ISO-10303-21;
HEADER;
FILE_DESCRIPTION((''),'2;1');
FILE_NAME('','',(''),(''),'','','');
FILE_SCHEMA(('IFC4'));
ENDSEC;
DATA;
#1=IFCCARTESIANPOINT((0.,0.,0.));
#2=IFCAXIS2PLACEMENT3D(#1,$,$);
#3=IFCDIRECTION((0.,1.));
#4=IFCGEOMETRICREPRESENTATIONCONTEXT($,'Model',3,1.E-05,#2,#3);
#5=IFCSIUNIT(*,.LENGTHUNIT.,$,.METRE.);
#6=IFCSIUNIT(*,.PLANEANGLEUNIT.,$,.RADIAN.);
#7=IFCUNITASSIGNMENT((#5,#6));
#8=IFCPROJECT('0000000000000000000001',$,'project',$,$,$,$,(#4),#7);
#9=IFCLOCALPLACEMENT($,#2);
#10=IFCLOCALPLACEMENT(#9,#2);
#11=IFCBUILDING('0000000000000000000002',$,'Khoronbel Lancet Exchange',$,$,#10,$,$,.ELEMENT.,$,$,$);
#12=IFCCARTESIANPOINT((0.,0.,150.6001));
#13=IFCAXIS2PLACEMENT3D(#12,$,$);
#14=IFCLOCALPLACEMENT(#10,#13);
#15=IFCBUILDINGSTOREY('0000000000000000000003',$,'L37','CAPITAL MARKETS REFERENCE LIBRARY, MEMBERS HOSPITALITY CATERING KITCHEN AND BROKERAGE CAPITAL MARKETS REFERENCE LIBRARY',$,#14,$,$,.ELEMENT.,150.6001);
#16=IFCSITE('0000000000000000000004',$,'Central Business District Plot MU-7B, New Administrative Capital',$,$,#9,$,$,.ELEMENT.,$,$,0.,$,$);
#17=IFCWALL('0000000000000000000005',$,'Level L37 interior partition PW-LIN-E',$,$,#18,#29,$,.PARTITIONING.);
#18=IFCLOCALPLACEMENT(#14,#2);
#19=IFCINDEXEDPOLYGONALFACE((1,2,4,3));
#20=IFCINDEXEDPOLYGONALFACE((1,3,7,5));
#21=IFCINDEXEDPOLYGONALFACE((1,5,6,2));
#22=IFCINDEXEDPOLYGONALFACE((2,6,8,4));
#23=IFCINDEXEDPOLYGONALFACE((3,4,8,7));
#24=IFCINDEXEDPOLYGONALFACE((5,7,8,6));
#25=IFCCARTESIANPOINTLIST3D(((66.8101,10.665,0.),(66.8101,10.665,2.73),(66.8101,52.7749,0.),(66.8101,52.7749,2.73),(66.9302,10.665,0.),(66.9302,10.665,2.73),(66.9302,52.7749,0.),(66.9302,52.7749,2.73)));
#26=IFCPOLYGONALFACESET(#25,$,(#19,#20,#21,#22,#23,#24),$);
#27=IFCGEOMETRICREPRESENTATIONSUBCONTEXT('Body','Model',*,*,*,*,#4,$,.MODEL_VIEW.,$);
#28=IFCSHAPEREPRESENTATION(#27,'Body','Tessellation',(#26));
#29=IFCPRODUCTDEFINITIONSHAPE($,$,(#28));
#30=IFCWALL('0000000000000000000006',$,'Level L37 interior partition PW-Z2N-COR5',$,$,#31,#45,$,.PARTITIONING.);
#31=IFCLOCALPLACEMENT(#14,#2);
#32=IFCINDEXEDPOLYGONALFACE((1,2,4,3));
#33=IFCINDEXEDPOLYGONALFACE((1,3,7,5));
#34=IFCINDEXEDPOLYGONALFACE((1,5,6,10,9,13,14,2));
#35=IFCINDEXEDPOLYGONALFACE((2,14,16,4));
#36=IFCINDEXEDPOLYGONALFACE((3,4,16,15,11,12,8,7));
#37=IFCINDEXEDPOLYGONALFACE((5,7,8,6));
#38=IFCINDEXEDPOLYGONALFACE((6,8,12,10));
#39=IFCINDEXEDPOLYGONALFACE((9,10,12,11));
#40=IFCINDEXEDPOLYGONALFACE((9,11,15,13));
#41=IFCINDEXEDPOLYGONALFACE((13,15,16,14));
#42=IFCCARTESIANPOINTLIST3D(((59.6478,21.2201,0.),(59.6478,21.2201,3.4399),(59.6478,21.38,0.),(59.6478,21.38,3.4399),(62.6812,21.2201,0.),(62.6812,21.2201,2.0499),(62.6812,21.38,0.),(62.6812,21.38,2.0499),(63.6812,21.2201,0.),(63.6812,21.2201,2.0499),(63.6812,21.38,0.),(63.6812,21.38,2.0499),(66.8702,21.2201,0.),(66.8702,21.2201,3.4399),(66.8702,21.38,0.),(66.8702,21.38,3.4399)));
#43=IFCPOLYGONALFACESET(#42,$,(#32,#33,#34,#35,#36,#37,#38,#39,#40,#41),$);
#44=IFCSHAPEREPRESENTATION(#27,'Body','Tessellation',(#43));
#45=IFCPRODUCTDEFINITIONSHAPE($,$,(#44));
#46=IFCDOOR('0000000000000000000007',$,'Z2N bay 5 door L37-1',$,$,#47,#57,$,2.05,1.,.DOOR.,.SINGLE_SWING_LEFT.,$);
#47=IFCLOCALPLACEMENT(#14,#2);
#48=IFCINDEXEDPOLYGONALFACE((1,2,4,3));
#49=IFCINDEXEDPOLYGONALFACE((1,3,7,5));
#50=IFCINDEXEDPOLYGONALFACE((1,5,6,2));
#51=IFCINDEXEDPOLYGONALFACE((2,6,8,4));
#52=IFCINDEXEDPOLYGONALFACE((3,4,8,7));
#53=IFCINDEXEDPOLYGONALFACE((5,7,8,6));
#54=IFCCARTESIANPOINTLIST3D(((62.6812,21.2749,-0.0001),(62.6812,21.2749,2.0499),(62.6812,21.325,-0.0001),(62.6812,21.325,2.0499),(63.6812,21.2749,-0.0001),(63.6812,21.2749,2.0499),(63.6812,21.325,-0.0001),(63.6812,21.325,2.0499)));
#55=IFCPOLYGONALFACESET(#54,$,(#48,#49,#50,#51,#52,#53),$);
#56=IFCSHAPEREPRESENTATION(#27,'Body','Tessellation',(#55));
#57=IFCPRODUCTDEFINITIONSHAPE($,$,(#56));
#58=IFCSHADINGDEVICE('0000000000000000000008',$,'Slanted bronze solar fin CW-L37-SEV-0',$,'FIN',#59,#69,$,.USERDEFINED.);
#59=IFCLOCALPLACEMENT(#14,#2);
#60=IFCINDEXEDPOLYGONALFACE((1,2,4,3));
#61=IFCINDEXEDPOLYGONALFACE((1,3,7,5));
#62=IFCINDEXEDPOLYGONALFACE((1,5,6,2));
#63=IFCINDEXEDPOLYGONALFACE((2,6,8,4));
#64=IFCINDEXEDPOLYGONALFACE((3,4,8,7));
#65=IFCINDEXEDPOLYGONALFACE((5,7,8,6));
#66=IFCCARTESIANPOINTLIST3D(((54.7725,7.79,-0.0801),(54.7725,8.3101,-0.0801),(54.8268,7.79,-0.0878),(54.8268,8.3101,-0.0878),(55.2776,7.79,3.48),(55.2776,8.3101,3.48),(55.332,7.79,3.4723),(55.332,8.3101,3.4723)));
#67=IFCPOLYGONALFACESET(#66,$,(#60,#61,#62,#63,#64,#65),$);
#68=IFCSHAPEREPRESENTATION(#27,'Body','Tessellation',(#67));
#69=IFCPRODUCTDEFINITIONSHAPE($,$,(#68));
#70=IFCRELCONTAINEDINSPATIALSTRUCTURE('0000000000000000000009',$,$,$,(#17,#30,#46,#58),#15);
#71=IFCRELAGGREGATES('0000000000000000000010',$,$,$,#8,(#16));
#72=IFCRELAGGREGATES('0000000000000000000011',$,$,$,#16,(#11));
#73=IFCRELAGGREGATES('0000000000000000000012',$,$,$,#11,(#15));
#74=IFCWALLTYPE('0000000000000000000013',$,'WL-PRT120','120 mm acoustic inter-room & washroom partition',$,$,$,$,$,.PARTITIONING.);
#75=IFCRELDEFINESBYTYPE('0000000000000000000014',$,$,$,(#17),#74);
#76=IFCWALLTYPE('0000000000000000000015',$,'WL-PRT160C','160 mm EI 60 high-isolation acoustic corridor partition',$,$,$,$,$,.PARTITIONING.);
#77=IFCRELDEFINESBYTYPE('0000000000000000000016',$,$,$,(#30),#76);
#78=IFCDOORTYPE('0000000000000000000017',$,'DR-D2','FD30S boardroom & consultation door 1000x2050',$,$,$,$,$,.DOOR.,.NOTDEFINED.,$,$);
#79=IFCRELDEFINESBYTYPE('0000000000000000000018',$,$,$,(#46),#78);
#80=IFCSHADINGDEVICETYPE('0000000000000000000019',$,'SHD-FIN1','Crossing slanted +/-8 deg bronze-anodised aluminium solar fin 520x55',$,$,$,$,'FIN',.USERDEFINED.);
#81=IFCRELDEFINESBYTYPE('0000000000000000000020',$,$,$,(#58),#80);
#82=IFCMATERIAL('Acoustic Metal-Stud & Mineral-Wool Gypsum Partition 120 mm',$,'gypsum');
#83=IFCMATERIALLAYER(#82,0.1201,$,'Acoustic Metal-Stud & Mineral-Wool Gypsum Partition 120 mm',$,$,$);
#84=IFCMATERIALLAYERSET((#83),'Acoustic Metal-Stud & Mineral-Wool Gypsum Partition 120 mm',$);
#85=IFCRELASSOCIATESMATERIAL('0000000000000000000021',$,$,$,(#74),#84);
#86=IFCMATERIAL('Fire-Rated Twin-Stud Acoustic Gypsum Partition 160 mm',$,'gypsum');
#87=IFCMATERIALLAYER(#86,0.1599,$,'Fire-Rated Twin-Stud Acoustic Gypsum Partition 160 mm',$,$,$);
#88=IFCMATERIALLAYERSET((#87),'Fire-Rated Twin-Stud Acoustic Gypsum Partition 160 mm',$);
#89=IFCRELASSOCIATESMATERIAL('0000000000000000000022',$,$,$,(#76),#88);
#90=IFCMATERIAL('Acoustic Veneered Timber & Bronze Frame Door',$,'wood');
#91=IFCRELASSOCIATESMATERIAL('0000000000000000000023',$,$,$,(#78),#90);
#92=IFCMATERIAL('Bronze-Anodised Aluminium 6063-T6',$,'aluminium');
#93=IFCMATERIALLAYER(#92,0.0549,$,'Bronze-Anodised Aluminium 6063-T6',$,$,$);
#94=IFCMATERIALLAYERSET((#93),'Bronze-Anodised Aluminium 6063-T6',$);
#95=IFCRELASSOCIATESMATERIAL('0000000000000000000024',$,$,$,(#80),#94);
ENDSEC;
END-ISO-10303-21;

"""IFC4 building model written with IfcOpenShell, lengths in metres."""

from ifc_helpers import new_model, si_unit, direction, frame, frame_2d, origin, place, context, subcontext, project, spatial, polyline, rectangle, outline, extrude, material, layer, layer_set, type_object, element, fill, save


model = new_model("IFC4")

# Units and contexts
model_context = context("Model", 3, precision=1e-05, world=origin(), true_north=direction((0.0, 1.0)))
body_context = subcontext(model_context, "Body", "Model", "MODEL_VIEW")
ifc_project = project(units=[si_unit("LENGTHUNIT", "METRE"), si_unit("PLANEANGLEUNIT", "RADIAN")], contexts=[model_context])

# Site, building, storey
site_placement = place(None, origin())
site = spatial("IfcSite", under=ifc_project, at=site_placement, Name="Central Business District Plot MU-7B, New Administrative Capital", CompositionType="ELEMENT", RefElevation=0.0)
building_placement = place(site_placement, origin())
building = spatial("IfcBuilding", under=site, at=building_placement, Name="Khoronbel Lancet Exchange", CompositionType="ELEMENT")
storey_placement = place(building_placement, frame((0.0, 0.0, 150.6001)))
storey = spatial("IfcBuildingStorey", under=building, at=storey_placement, Name="L37", Description="CAPITAL MARKETS REFERENCE LIBRARY, MEMBERS HOSPITALITY CATERING KITCHEN AND BROKERAGE CAPITAL MARKETS REFERENCE LIBRARY", CompositionType="ELEMENT", Elevation=150.6001)

# Shared definitions
ifc_material_1 = material(Name="Bronze-Anodised Aluminium 6063-T6", Category="aluminium")

# Wall
ifc_material_2 = material(Name="Acoustic Metal-Stud & Mineral-Wool Gypsum Partition 120 mm", Category="gypsum")
ifc_layer_1 = layer(ifc_material_2, 0.1201, Name="Acoustic Metal-Stud & Mineral-Wool Gypsum Partition 120 mm")
ifc_layer_set_1 = layer_set([ifc_layer_1], Name="Acoustic Metal-Stud & Mineral-Wool Gypsum Partition 120 mm")
wall_type_1 = type_object("IfcWallType", Name="WL-PRT120", Description="120 mm acoustic inter-room & washroom partition", PredefinedType="PARTITIONING", material=ifc_layer_set_1)
wall_1_placement = place(storey_placement, frame((66.8701, 10.665, 0.0), z_axis=(0.0, 0.0, 1.0), x_axis=(0.0, 1.0, 0.0)))
element("IfcWall", 1, at=wall_1_placement, inside=storey, type_object=wall_type_1, Name="Level L37 interior partition PW-LIN-E", PredefinedType="PARTITIONING", context=body_context, shape_type="SweptSolid", body=[
    extrude(rectangle(XDim=42.1099, YDim=0.1201, at=frame_2d((21.0549, 0.0))), origin(), (0.0, 0.0, 1.0), 2.73),
])

# Wall, opening, door
ifc_material_3 = material(Name="Fire-Rated Twin-Stud Acoustic Gypsum Partition 160 mm", Category="gypsum")
ifc_layer_2 = layer(ifc_material_3, 0.1599, Name="Fire-Rated Twin-Stud Acoustic Gypsum Partition 160 mm")
ifc_layer_set_2 = layer_set([ifc_layer_2], Name="Fire-Rated Twin-Stud Acoustic Gypsum Partition 160 mm")
wall_type_2 = type_object("IfcWallType", Name="WL-PRT160C", Description="160 mm EI 60 high-isolation acoustic corridor partition", PredefinedType="PARTITIONING", material=ifc_layer_set_2)
wall_2_placement = place(storey_placement, frame((59.6477, 21.3, 0.0), z_axis=(0.0, 0.0, 1.0), x_axis=(1.0, 0.0, 0.0)))
wall_2 = element("IfcWall", 2, at=wall_2_placement, inside=storey, type_object=wall_type_2, Name="Level L37 interior partition PW-Z2N-COR5", PredefinedType="PARTITIONING", context=body_context, shape_type="SweptSolid", body=[
    extrude(rectangle(XDim=7.2224, YDim=0.1599, at=frame_2d((3.6113, 0.0))), origin(), (0.0, 0.0, 1.0), 3.4399),
])
opening_placement = place(wall_2_placement, frame((3.0334, 0.0, 0.0)))
opening = element("IfcOpeningElement", 3, at=opening_placement, cuts=wall_2, PredefinedType="OPENING", context=body_context, shape_type="SweptSolid", body=[
    extrude(rectangle(XDim=1.0, YDim=2.05, at=frame_2d((0.5, 1.0249))), frame((0.0, 0.0898, 0.0), z_axis=(0.0, -1.0, 0.0), x_axis=(1.0, 0.0, 0.0)), (0.0, 0.0, 1.0), 0.1799),
])
ifc_material_4 = material(Name="Acoustic Veneered Timber & Bronze Frame Door", Category="wood")
door_type = type_object("IfcDoorType", Name="DR-D2", Description="FD30S boardroom & consultation door 1000x2050", OperationType="NOTDEFINED", PredefinedType="DOOR", material=ifc_material_4)
door_placement = place(opening_placement, origin())
door = element("IfcDoor", 4, at=door_placement, inside=storey, type_object=door_type, Name="Z2N bay 5 door L37-1", OperationType="SINGLE_SWING_LEFT", OverallHeight=2.05, OverallWidth=1.0, PredefinedType="DOOR", context=body_context, shape_type="SweptSolid", body=[
    extrude(rectangle(XDim=1.0, YDim=2.05, at=frame_2d((0.5, 1.0249))), frame((0.0, 0.0249, 0.0), z_axis=(0.0, -1.0, 0.0), x_axis=(1.0, 0.0, 0.0)), (0.0, 0.0, 1.0), 0.05),
])
fill(opening, door)

# Shading device
ifc_layer_3 = layer(ifc_material_1, 0.0549, Name="Bronze-Anodised Aluminium 6063-T6")
ifc_layer_set_3 = layer_set([ifc_layer_3], Name="Bronze-Anodised Aluminium 6063-T6")
shading_device_type = type_object("IfcShadingDeviceType", Name="SHD-FIN1", Description="Crossing slanted +/-8 deg bronze-anodised aluminium solar fin 520x55", ElementType="FIN", PredefinedType="USERDEFINED", material=ifc_layer_set_3)
shading_device_placement = place(storey_placement, frame((54.7725, 8.3101, -0.0801), z_axis=(-0.990083, 0.0, 0.14048), x_axis=(0.0, -1.0, 0.0)))
element("IfcShadingDevice", 5, at=shading_device_placement, inside=storey, type_object=shading_device_type, Name="Slanted bronze solar fin CW-L37-SEV-0", ObjectType="FIN", PredefinedType="USERDEFINED", context=body_context, shape_type="SweptSolid", body=[
    extrude(outline(polyline([(0.0, 0.0), (0.52, 0.0), (0.52, 3.5957), (0.0, 3.5957), (0.0, 0.0)])), origin(), (0.0, 0.0, -1.0), 0.0549),
])

save(model, "model.ifc")
